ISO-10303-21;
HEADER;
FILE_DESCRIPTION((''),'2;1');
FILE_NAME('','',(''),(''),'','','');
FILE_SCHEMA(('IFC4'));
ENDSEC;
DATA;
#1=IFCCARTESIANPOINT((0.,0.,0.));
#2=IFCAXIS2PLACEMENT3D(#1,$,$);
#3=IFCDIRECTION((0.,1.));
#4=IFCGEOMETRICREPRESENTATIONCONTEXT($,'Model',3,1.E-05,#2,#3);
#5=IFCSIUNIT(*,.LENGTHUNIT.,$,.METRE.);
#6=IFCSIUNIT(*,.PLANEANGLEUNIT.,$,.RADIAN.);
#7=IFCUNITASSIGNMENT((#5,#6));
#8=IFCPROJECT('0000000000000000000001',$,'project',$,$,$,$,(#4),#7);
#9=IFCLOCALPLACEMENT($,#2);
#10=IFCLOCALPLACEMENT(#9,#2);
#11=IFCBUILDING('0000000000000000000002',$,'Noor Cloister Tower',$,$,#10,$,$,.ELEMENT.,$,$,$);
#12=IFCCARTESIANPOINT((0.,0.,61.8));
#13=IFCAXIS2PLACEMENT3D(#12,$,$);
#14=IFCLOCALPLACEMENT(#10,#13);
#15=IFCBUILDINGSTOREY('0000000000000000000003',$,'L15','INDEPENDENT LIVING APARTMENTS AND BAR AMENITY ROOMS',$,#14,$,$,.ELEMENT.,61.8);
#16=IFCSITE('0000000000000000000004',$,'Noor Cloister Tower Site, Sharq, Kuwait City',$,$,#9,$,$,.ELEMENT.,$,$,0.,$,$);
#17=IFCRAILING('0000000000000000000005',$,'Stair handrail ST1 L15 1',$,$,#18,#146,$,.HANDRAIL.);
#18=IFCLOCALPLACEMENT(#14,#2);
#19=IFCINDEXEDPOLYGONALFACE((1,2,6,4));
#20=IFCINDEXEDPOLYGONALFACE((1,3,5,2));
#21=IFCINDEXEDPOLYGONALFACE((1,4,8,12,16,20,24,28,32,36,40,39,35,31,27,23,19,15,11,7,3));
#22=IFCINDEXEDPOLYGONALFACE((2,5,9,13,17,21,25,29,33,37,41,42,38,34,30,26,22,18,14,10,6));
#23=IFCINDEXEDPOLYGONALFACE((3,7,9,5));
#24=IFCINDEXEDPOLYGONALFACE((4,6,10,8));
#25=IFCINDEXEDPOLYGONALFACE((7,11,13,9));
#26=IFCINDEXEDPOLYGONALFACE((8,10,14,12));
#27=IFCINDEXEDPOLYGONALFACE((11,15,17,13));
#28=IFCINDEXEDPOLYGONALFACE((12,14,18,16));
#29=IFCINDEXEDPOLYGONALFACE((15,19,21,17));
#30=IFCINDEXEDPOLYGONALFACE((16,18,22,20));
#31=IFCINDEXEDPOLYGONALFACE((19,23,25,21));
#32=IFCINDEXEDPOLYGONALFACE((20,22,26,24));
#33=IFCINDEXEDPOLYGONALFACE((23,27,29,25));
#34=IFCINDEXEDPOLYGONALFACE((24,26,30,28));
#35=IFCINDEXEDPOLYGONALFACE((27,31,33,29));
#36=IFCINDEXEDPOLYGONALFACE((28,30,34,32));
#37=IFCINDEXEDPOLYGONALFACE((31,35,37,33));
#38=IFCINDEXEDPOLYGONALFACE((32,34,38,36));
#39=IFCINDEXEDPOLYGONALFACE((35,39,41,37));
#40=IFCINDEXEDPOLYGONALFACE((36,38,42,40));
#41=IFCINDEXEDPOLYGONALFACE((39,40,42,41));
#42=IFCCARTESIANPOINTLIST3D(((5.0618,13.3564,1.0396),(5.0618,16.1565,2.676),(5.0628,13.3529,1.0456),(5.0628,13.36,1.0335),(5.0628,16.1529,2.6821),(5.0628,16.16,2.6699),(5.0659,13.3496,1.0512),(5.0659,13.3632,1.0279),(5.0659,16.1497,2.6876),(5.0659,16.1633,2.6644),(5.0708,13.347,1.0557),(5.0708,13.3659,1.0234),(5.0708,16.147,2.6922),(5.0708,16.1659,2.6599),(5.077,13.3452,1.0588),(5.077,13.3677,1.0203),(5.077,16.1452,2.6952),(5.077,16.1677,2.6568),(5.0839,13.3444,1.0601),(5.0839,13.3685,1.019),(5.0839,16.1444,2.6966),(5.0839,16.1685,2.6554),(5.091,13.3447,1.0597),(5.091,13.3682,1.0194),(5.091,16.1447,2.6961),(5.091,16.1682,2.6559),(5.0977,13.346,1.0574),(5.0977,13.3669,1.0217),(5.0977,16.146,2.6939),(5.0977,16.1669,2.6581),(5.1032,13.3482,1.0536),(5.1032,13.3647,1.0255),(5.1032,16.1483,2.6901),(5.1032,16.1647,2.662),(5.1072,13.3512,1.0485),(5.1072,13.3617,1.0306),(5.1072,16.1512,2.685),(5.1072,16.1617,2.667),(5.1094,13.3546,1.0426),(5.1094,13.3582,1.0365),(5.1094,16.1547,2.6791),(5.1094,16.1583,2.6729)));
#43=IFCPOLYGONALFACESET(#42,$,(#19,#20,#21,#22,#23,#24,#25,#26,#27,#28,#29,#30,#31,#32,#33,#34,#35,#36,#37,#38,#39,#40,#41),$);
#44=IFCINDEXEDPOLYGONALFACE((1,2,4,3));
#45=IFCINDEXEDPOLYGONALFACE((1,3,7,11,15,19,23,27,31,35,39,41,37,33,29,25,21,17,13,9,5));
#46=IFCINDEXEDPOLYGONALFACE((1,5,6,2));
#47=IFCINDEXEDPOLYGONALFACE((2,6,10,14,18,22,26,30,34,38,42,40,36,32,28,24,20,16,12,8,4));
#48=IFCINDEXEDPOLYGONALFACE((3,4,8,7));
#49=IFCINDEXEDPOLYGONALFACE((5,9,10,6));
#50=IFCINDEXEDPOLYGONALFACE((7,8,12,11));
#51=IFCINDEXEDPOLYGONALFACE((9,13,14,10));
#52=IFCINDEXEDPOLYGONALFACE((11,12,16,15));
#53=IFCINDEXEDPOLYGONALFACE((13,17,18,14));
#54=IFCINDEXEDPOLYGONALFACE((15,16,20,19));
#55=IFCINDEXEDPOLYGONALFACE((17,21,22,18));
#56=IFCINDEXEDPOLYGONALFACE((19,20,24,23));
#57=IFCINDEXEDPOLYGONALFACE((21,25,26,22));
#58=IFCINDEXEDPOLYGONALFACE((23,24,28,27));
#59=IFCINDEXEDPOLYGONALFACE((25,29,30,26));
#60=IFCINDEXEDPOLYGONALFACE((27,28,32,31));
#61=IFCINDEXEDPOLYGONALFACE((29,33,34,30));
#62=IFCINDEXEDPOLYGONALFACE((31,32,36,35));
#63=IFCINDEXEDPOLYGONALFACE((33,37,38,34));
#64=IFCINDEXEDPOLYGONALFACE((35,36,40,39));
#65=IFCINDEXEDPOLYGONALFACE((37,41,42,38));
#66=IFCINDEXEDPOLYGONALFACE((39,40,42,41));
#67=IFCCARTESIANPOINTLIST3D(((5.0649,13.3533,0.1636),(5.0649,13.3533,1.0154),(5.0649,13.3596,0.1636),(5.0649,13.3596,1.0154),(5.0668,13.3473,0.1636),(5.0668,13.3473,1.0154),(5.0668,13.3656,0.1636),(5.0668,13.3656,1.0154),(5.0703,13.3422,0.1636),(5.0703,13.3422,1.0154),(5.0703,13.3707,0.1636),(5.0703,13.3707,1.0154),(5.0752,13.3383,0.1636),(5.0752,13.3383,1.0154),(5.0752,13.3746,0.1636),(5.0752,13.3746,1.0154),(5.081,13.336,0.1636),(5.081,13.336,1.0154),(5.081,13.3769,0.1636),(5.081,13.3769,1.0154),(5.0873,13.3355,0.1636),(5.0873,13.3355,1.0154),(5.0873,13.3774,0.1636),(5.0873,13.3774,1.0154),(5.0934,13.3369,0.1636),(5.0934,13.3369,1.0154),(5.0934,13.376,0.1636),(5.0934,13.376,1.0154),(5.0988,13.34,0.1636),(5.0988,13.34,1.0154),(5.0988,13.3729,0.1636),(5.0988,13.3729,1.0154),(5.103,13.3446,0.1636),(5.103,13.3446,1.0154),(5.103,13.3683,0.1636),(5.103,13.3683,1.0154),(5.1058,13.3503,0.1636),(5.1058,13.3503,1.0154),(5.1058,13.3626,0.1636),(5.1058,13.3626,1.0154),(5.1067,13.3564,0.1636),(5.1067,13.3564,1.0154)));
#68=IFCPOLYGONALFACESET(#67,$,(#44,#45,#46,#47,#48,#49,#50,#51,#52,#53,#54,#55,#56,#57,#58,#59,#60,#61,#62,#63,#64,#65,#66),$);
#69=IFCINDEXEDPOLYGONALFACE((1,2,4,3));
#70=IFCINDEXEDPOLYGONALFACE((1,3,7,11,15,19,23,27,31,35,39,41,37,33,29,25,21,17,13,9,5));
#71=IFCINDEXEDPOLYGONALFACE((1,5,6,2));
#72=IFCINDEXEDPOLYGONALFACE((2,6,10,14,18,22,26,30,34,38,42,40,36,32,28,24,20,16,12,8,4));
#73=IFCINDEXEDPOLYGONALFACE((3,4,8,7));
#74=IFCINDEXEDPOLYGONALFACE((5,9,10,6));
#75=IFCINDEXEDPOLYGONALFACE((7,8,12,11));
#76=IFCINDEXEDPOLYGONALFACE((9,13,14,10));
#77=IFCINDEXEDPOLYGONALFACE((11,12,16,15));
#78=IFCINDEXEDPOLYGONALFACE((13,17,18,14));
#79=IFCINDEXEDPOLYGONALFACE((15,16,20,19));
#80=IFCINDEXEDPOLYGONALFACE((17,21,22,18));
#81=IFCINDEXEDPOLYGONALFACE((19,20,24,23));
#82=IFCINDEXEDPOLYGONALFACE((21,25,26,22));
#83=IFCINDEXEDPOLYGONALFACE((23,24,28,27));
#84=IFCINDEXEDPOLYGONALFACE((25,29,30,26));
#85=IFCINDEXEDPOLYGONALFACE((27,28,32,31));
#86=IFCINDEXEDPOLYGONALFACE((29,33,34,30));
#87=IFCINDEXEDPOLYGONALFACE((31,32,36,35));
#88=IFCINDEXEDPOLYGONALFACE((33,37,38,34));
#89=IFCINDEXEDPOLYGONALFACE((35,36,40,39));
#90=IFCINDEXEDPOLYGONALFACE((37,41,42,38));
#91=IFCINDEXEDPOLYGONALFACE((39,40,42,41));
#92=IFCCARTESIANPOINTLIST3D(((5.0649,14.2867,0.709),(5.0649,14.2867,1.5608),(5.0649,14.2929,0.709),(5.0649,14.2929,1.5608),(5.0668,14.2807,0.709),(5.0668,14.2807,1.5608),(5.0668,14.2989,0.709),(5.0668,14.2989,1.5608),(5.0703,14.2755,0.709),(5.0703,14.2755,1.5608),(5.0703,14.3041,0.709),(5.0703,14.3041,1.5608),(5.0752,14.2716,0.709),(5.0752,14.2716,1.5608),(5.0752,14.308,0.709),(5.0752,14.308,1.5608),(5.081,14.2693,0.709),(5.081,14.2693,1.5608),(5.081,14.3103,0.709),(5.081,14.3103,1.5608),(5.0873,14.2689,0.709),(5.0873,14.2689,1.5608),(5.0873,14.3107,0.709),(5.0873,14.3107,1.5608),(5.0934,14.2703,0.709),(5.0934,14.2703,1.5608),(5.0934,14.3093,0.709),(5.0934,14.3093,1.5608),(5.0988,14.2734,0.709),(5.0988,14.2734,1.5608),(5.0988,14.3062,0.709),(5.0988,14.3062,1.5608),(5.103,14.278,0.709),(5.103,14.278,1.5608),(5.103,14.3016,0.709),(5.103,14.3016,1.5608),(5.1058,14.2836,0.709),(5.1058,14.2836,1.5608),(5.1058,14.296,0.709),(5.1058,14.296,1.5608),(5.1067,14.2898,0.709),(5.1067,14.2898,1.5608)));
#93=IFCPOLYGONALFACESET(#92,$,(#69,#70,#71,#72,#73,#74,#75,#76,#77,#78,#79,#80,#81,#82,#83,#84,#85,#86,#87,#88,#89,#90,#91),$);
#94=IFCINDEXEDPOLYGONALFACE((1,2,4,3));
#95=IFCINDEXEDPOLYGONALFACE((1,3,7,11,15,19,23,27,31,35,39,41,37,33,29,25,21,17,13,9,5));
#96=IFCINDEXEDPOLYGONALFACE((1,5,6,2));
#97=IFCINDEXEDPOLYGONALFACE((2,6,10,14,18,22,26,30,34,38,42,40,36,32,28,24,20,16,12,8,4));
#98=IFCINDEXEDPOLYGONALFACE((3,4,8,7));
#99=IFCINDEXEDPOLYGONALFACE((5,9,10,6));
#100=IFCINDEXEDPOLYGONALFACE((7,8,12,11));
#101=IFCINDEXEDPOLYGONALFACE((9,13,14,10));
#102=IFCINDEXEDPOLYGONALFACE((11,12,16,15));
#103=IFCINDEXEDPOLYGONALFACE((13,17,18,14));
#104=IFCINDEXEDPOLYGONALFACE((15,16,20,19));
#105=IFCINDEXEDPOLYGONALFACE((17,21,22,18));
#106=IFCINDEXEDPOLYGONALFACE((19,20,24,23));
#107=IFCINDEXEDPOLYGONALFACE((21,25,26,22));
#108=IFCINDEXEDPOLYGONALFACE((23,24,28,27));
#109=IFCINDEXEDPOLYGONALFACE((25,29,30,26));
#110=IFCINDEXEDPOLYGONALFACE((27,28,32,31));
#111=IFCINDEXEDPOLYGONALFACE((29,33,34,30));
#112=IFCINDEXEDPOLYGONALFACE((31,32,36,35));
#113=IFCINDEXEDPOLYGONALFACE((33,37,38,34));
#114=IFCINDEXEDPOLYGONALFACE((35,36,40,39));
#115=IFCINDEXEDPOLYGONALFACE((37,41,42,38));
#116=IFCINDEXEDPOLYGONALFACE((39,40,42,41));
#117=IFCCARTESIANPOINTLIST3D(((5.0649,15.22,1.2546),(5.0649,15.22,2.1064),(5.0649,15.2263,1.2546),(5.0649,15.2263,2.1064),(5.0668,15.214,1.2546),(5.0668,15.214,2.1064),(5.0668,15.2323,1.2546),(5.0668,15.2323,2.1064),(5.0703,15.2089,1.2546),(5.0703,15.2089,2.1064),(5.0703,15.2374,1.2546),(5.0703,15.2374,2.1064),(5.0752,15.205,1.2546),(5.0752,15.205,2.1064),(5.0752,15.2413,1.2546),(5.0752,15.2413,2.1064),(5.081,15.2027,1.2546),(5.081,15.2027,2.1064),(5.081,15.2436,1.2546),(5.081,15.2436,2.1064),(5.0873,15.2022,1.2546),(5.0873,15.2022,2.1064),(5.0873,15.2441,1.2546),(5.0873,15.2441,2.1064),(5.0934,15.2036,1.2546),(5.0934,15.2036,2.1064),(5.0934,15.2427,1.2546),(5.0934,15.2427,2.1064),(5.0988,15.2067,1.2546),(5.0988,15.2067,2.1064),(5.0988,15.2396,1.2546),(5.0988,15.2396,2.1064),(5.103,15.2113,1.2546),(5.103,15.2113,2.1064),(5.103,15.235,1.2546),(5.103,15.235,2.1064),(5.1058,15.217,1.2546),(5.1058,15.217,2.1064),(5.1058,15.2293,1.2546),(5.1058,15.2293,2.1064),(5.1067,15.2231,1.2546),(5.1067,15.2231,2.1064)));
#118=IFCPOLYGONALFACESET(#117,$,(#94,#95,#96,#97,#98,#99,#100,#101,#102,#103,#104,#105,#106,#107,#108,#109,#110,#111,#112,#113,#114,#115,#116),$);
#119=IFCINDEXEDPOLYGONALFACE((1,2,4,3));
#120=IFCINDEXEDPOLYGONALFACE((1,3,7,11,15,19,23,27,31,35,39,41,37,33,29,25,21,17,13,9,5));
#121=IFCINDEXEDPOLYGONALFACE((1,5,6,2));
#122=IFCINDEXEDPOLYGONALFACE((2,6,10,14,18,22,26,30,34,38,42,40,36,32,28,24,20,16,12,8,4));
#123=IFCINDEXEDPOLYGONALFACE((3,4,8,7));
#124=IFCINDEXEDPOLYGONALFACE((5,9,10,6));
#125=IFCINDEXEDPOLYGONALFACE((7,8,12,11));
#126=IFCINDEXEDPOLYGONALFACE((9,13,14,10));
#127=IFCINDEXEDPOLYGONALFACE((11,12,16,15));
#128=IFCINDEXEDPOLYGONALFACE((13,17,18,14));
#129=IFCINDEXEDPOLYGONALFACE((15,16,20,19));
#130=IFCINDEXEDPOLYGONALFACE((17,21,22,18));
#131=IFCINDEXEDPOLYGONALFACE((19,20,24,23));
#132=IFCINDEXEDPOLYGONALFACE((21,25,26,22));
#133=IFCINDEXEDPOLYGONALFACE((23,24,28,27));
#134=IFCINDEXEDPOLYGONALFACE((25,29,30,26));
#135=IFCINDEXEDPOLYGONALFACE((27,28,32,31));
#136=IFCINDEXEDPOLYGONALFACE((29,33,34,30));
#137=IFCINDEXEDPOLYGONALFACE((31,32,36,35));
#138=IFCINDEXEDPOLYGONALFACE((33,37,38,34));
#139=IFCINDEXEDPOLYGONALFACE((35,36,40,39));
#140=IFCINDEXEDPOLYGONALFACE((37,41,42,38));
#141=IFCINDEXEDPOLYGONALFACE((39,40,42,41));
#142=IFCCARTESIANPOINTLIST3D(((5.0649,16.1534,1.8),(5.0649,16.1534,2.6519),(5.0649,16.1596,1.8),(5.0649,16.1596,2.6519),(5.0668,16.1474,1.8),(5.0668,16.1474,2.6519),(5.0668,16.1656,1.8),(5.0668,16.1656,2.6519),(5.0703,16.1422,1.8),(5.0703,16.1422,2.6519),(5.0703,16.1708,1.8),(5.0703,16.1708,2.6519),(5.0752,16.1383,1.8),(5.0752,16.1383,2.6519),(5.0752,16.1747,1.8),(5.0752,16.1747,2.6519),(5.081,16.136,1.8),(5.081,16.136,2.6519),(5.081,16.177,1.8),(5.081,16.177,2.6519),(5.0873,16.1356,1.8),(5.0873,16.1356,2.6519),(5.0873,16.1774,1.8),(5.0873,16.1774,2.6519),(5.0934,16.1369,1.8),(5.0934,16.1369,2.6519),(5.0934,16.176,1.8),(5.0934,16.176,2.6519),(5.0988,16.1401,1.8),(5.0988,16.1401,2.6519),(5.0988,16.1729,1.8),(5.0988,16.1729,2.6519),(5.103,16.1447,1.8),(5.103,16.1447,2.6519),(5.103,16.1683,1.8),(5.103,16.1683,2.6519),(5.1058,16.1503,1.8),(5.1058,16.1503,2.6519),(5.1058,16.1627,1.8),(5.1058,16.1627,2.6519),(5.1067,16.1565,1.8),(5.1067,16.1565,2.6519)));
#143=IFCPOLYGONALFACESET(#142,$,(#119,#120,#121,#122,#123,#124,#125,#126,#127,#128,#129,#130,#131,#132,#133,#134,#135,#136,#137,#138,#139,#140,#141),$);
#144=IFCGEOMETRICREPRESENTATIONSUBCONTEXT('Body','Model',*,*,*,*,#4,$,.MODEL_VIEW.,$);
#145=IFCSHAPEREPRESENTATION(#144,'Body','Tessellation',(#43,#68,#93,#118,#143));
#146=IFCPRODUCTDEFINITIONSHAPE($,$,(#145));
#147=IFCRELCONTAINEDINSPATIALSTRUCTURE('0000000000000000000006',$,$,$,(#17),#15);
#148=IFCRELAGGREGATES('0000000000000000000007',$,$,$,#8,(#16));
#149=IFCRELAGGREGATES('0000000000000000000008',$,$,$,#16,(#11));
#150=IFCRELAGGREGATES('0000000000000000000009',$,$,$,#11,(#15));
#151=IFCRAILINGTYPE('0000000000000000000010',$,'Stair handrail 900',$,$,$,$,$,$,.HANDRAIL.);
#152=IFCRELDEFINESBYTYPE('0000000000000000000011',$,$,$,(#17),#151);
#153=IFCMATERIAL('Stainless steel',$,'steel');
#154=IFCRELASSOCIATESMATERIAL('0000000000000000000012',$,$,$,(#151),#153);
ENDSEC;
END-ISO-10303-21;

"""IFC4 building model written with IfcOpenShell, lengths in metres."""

from ifc_helpers import new_model, si_unit, direction, frame, origin, origin_2d, place, context, subcontext, project, spatial, circle, extrude, material, type_object, element, save


model = new_model("IFC4")

# Units and contexts
model_context = context("Model", 3, precision=1e-05, world=origin(), true_north=direction((0.0, 1.0)))
body_context = subcontext(model_context, "Body", "Model", "MODEL_VIEW")
ifc_project = project(units=[si_unit("LENGTHUNIT", "METRE"), si_unit("PLANEANGLEUNIT", "RADIAN")], contexts=[model_context])

# Site, building, storey
site_placement = place(None, origin())
site = spatial("IfcSite", under=ifc_project, at=site_placement, Name="Noor Cloister Tower Site, Sharq, Kuwait City", CompositionType="ELEMENT", RefElevation=0.0)
building_placement = place(site_placement, origin())
building = spatial("IfcBuilding", under=site, at=building_placement, Name="Noor Cloister Tower", CompositionType="ELEMENT")
storey_placement = place(building_placement, frame((0.0, 0.0, 61.8)))
storey = spatial("IfcBuildingStorey", under=building, at=storey_placement, Name="L15", Description="INDEPENDENT LIVING APARTMENTS AND BAR AMENITY ROOMS", CompositionType="ELEMENT", Elevation=61.8)

# Railing
ifc_material_1 = material(Name="Stainless steel", Category="steel")
railing_type_1 = type_object("IfcRailingType", Name="Stair handrail 900", PredefinedType="HANDRAIL", material=ifc_material_1)
railing_1_placement = place(storey_placement, frame((5.0857, 13.3564, 0.1636)))
element("IfcRailing", 1, at=railing_1_placement, inside=storey, type_object=railing_type_1, Name="Stair handrail ST1 L15 1", PredefinedType="HANDRAIL", context=body_context, shape_type="SweptSolid", body=[
    extrude(circle(Radius=0.0239, at=origin_2d()), frame((0.0, 0.0, 0.876), z_axis=(0.0, 0.863361, 0.504587), x_axis=(-1.0, 0.0, 0.0)), (0.0, 0.0, 1.0), 3.2432),
    extrude(circle(Radius=0.021, at=origin_2d()), origin(), (0.0, 0.0, 1.0), 0.8518),
    extrude(circle(Radius=0.021, at=origin_2d()), frame((0.0, 0.9333, 0.5454)), (0.0, 0.0, 1.0), 0.8518),
    extrude(circle(Radius=0.021, at=origin_2d()), frame((0.0, 1.8667, 1.0911)), (0.0, 0.0, 1.0), 0.8518),
    extrude(circle(Radius=0.021, at=origin_2d()), frame((0.0, 2.8, 1.6365)), (0.0, 0.0, 1.0), 0.8518),
])

save(model, "model.ifc")
